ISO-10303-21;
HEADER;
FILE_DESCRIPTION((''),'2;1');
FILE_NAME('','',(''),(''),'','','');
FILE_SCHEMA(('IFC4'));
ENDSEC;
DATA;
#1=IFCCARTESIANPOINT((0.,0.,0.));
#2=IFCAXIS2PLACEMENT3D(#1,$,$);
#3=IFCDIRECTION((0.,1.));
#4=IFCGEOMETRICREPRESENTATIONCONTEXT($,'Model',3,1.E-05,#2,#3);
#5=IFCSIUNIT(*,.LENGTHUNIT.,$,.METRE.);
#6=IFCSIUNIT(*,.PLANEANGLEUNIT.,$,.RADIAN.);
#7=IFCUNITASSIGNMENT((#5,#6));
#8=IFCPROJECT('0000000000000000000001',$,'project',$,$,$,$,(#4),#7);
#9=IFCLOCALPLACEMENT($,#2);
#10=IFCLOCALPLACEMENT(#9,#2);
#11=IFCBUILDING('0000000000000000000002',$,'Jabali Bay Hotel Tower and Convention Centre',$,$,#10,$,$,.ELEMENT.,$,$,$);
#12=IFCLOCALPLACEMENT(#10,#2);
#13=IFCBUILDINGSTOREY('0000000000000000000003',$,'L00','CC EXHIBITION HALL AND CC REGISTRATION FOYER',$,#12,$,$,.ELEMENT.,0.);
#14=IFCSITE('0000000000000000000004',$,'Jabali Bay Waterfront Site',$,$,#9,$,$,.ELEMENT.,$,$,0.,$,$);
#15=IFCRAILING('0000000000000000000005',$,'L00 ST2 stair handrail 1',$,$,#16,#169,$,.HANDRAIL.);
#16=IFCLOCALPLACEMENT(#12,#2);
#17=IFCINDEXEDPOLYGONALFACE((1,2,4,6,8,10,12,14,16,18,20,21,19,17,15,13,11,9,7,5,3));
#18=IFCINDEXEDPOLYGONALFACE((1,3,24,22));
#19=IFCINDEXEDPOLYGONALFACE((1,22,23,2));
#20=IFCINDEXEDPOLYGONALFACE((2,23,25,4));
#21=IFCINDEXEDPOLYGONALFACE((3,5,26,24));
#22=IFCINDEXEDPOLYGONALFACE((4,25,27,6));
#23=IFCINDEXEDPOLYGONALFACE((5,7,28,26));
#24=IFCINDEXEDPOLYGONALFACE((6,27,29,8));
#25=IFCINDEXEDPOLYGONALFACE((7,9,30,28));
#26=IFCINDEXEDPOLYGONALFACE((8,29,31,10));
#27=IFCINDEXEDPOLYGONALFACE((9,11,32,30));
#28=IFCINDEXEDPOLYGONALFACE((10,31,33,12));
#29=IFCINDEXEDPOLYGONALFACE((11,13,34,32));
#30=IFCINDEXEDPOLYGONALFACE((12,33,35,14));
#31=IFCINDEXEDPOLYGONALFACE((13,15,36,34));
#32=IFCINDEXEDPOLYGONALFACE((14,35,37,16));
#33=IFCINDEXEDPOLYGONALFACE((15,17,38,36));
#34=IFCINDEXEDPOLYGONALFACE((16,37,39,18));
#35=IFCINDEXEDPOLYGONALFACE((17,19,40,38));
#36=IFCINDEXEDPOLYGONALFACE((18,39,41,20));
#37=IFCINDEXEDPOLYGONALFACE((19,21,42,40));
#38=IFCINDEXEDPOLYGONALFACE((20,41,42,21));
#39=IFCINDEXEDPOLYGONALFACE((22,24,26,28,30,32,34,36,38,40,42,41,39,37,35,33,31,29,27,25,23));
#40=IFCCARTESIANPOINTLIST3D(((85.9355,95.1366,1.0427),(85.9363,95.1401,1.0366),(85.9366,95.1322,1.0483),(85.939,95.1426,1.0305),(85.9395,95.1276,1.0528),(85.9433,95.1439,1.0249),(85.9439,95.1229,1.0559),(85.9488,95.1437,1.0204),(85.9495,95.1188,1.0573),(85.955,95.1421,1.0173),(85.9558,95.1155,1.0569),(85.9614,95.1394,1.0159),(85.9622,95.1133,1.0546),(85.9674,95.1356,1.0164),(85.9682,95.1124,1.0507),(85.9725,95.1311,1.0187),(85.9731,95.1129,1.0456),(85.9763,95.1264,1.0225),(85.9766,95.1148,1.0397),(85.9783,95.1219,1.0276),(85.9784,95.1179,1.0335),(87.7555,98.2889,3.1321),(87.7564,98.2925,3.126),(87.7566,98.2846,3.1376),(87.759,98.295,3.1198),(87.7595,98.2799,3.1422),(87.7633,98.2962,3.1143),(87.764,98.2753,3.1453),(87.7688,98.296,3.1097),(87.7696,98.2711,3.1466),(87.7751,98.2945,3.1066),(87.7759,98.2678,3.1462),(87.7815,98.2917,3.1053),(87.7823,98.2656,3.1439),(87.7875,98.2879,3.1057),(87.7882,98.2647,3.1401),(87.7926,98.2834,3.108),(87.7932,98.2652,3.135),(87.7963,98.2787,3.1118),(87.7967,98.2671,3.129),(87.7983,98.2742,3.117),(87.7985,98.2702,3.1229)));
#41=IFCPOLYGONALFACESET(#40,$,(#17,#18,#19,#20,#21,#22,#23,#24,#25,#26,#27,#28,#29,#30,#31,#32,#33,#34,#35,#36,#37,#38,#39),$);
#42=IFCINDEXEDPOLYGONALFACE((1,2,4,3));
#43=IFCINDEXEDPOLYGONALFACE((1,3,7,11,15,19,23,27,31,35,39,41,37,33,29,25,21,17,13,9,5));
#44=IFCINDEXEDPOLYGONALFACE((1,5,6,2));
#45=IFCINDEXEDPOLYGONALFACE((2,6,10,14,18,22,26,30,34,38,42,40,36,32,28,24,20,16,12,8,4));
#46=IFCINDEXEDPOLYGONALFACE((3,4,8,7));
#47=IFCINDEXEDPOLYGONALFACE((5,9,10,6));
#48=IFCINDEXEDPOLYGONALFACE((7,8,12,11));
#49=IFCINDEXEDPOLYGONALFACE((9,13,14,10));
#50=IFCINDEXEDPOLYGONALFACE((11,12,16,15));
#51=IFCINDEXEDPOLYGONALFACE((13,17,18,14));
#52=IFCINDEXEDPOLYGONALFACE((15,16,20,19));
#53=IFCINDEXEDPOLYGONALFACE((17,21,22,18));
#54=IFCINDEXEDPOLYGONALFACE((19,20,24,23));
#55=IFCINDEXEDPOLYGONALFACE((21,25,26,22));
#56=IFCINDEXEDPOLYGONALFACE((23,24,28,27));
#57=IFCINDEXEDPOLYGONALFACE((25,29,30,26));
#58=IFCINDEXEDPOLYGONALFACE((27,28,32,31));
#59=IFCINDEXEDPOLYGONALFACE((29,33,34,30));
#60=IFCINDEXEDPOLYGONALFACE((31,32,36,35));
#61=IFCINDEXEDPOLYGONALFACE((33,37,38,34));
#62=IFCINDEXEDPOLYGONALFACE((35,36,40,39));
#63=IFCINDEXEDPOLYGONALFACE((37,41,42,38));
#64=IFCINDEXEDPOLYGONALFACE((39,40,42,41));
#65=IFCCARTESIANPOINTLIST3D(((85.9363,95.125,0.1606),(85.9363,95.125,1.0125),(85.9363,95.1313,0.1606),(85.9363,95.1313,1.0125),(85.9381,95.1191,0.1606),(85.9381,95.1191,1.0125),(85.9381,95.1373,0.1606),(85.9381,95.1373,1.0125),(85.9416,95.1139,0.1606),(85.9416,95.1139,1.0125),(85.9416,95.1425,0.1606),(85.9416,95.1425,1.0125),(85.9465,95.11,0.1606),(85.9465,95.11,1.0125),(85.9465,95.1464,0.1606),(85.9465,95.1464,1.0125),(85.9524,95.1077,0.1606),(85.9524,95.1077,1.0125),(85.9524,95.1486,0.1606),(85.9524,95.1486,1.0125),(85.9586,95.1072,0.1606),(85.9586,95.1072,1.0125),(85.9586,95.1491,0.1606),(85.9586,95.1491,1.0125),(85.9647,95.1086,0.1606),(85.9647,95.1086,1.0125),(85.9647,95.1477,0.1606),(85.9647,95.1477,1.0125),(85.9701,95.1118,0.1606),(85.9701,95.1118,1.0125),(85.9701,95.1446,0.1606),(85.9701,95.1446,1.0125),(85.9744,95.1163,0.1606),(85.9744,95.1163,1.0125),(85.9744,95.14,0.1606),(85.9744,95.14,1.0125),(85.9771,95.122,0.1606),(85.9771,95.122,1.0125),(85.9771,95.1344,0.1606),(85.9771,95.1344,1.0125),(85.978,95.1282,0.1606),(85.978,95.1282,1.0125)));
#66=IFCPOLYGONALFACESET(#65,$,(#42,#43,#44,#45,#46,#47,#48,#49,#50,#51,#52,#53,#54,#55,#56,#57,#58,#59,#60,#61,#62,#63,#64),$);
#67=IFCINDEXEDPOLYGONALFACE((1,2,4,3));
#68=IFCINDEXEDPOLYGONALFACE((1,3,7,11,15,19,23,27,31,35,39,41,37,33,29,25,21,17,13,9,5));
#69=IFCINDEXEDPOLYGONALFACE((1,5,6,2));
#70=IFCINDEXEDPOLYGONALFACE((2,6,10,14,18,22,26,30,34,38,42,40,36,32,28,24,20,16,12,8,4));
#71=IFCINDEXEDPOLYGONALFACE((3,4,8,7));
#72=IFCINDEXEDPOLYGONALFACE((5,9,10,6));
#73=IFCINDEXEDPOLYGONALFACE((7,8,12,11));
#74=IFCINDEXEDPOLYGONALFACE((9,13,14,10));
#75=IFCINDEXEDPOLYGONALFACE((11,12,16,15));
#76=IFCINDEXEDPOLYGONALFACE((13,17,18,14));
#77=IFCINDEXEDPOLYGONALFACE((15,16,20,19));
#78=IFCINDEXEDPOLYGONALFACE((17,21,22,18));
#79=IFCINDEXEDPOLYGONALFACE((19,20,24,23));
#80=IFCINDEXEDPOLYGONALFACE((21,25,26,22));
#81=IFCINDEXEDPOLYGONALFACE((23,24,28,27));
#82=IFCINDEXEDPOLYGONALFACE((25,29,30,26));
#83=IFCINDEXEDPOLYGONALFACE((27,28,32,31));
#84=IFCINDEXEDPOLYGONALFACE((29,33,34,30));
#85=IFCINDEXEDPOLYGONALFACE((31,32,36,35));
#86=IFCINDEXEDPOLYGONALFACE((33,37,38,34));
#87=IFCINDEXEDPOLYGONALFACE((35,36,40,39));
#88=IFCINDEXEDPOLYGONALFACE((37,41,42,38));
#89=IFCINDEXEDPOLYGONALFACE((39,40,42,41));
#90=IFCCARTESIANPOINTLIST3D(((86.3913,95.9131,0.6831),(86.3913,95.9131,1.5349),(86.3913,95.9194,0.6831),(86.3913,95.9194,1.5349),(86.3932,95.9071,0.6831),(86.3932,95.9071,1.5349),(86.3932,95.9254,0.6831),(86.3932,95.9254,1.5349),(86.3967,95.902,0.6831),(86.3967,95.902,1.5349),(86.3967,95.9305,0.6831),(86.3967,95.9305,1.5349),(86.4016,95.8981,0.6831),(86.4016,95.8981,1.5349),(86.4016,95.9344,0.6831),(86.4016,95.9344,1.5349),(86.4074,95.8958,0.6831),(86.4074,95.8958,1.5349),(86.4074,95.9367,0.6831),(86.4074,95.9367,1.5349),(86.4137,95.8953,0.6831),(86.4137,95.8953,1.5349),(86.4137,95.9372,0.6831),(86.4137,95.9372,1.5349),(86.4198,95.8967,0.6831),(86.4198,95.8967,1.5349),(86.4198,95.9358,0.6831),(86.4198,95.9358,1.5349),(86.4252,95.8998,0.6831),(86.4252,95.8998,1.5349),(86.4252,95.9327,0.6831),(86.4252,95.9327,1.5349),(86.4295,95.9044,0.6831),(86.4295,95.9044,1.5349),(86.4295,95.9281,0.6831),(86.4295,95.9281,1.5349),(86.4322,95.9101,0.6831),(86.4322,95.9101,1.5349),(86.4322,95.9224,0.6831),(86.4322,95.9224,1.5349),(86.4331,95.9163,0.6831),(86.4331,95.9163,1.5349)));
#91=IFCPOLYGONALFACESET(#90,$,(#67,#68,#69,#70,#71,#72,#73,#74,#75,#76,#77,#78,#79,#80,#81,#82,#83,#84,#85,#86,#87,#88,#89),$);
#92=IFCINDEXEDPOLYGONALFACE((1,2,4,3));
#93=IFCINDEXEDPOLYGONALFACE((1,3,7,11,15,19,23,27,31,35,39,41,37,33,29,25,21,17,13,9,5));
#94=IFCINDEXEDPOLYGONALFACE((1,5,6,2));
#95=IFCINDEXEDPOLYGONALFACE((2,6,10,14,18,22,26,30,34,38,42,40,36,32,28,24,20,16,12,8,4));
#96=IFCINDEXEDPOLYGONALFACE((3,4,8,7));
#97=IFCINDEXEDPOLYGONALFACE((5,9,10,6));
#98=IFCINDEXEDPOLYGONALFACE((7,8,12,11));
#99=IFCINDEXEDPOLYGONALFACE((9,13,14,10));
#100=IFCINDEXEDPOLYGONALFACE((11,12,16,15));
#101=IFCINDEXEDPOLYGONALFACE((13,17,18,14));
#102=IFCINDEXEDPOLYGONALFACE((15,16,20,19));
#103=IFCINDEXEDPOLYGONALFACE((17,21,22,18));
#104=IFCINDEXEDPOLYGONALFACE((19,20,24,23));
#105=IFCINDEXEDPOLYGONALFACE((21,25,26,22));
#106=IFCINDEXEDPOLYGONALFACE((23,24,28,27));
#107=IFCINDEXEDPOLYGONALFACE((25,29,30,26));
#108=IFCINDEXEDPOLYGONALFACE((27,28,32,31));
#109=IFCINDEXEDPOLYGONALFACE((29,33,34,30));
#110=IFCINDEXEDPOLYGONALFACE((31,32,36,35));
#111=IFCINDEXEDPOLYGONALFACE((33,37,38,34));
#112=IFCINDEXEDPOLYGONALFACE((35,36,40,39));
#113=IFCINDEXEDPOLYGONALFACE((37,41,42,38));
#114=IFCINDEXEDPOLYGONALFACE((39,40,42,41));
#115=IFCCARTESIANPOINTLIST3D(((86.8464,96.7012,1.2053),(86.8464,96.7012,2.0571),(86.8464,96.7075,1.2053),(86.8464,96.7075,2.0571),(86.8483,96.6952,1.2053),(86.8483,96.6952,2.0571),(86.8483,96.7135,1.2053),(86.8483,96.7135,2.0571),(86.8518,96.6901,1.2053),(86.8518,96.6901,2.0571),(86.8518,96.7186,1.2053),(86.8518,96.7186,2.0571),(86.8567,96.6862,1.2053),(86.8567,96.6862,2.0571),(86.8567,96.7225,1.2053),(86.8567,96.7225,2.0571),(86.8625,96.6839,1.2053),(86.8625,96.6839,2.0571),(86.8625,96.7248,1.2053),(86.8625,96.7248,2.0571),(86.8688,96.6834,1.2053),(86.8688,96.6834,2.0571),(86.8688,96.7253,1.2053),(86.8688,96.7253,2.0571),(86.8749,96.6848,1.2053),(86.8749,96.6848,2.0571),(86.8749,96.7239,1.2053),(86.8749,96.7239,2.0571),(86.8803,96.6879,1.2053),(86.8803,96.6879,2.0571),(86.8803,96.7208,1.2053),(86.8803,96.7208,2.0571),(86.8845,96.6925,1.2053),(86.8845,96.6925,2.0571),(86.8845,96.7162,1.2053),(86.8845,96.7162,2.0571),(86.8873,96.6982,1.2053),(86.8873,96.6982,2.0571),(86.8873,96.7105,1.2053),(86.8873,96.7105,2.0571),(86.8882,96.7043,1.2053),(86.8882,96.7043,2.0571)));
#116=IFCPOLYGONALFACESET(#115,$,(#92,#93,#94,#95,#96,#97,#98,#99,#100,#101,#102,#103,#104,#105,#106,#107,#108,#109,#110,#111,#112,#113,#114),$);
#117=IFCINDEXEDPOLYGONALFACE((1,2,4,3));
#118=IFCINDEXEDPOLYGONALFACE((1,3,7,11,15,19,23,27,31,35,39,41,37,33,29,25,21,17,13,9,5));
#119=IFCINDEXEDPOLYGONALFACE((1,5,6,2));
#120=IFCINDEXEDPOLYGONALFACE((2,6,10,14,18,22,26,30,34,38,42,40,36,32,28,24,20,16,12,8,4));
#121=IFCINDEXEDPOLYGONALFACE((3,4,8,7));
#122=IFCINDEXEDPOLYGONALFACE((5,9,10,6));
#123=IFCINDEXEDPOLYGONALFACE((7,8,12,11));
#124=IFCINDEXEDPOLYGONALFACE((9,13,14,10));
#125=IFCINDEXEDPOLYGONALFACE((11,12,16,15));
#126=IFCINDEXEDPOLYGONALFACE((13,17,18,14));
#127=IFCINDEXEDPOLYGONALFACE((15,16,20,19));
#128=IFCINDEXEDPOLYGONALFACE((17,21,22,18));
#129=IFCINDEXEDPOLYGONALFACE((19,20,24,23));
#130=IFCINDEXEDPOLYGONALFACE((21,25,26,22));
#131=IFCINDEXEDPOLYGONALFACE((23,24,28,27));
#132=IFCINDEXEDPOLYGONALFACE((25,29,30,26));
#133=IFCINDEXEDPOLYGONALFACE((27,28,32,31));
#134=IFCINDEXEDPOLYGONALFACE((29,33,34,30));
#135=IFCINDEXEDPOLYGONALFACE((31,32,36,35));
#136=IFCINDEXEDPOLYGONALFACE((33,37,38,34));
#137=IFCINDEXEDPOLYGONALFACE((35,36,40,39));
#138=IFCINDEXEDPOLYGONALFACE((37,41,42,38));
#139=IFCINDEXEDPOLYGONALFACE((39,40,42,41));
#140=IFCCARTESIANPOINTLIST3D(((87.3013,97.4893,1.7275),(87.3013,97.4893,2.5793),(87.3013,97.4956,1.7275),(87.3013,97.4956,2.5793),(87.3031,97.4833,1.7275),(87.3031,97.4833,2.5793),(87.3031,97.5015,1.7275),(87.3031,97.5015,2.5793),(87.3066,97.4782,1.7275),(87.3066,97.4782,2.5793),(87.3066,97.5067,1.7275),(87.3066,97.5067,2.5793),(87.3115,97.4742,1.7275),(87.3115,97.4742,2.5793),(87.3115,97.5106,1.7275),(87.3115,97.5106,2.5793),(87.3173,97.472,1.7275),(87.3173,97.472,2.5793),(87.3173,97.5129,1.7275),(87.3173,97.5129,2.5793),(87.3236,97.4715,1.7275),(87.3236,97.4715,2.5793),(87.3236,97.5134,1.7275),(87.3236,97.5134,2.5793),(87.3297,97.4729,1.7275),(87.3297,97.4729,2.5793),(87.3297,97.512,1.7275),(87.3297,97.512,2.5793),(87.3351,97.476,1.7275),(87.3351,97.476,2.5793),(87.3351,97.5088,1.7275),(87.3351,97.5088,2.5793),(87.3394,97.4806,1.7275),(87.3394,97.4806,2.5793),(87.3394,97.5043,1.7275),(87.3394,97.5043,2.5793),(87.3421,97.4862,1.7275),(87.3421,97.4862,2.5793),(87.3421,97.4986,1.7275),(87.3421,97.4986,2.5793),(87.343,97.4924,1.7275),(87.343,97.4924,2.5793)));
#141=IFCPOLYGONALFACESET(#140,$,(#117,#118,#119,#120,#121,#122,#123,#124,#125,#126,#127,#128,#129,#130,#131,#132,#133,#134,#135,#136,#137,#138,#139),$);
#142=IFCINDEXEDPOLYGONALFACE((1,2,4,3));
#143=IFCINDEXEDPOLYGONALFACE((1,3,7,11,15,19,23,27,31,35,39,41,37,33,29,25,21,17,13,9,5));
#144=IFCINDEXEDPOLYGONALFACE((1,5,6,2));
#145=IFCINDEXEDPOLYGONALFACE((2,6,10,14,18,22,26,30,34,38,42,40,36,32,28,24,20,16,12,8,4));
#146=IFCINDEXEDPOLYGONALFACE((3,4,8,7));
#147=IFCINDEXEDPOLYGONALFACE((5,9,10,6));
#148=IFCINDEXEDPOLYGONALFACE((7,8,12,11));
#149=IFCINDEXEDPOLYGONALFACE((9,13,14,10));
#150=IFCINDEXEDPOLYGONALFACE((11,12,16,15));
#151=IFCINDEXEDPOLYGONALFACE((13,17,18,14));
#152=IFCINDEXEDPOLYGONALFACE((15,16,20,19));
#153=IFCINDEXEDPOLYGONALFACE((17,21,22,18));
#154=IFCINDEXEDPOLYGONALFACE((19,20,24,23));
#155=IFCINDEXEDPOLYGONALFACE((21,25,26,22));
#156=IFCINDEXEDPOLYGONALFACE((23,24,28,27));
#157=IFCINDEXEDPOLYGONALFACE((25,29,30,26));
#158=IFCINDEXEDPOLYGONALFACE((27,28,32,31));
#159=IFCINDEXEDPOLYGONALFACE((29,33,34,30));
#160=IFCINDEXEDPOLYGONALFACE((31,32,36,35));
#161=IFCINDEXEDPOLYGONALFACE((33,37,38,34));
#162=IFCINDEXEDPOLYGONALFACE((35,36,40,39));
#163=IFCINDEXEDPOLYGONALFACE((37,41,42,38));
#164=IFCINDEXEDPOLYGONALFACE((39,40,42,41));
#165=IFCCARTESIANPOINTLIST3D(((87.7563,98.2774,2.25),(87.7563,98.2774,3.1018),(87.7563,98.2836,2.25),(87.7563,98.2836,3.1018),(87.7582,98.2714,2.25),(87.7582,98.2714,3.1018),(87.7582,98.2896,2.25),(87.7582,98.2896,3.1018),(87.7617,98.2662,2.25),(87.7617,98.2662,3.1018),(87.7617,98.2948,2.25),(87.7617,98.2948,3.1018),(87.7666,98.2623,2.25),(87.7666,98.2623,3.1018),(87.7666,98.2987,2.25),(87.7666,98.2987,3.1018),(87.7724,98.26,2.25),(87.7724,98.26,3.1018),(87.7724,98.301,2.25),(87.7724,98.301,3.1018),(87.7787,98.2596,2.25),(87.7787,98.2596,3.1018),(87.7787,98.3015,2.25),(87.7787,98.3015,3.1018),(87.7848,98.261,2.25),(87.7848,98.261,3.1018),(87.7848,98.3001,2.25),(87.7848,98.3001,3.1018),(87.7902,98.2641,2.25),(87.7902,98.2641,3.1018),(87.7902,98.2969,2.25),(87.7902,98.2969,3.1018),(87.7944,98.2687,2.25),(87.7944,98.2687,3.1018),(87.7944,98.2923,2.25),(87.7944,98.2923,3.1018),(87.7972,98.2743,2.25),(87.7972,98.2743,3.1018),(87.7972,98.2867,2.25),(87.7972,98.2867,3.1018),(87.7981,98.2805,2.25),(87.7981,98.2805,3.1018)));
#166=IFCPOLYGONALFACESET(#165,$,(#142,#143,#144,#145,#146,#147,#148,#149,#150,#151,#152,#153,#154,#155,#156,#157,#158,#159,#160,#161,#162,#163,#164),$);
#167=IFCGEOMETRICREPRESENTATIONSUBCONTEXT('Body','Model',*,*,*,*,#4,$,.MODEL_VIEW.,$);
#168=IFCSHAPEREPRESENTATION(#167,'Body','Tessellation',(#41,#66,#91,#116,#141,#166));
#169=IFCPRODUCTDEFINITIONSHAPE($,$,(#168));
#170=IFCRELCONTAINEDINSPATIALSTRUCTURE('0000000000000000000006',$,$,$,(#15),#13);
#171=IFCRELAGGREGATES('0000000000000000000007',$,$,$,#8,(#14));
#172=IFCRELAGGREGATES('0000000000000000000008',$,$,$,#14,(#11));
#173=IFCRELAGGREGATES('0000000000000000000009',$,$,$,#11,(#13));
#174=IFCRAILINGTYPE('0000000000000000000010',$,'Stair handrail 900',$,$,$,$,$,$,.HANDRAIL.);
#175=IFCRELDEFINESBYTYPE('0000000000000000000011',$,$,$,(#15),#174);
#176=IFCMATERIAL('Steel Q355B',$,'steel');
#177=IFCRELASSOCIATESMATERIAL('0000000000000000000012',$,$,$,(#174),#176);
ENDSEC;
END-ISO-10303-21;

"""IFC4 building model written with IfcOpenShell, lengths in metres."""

from ifc_helpers import new_model, si_unit, direction, frame, origin, origin_2d, place, context, subcontext, project, spatial, circle, extrude, material, type_object, element, save


model = new_model("IFC4")

# Units and contexts
model_context = context("Model", 3, precision=1e-05, world=origin(), true_north=direction((0.0, 1.0)))
body_context = subcontext(model_context, "Body", "Model", "MODEL_VIEW")
ifc_project = project(units=[si_unit("LENGTHUNIT", "METRE"), si_unit("PLANEANGLEUNIT", "RADIAN")], contexts=[model_context])

# Site, building, storey
site_placement = place(None, origin())
site = spatial("IfcSite", under=ifc_project, at=site_placement, Name="Jabali Bay Waterfront Site", CompositionType="ELEMENT", RefElevation=0.0)
building_placement = place(site_placement, origin())
building = spatial("IfcBuilding", under=site, at=building_placement, Name="Jabali Bay Hotel Tower and Convention Centre", CompositionType="ELEMENT")
storey_placement = place(building_placement, origin())
storey = spatial("IfcBuildingStorey", under=building, at=storey_placement, Name="L00", Description="CC EXHIBITION HALL AND CC REGISTRATION FOYER", CompositionType="ELEMENT", Elevation=0.0)

# Railing
ifc_material_1 = material(Name="Steel Q355B", Category="steel")
railing_type_1 = type_object("IfcRailingType", Name="Stair handrail 900", PredefinedType="HANDRAIL", material=ifc_material_1)
railing_1_placement = place(storey_placement, frame((85.957, 95.1282, 0.1606)))
element("IfcRailing", 1, at=railing_1_placement, inside=storey, type_object=railing_type_1, Name="L00 ST2 stair handrail 1", PredefinedType="HANDRAIL", context=body_context, shape_type="SweptSolid", body=[
    extrude(circle(Radius=0.0239, at=origin_2d()), frame((0.0, 0.0, 0.876), z_axis=(0.433653, 0.751084, 0.497814), x_axis=(-0.866018, 0.500013, 0.0)), (0.0, 0.0, 1.0), 4.197),
    extrude(circle(Radius=0.021, at=origin_2d()), origin(), (0.0, 0.0, 1.0), 0.8518),
    extrude(circle(Radius=0.021, at=origin_2d()), frame((0.4551, 0.7881, 0.5225)), (0.0, 0.0, 1.0), 0.8518),
    extrude(circle(Radius=0.021, at=origin_2d()), frame((0.9102, 1.5762, 1.0447)), (0.0, 0.0, 1.0), 0.8518),
    extrude(circle(Radius=0.021, at=origin_2d()), frame((1.365, 2.3643, 1.5669)), (0.0, 0.0, 1.0), 0.8518),
    extrude(circle(Radius=0.021, at=origin_2d()), frame((1.8201, 3.1523, 2.0894)), (0.0, 0.0, 1.0), 0.8518),
])

save(model, "model.ifc")
